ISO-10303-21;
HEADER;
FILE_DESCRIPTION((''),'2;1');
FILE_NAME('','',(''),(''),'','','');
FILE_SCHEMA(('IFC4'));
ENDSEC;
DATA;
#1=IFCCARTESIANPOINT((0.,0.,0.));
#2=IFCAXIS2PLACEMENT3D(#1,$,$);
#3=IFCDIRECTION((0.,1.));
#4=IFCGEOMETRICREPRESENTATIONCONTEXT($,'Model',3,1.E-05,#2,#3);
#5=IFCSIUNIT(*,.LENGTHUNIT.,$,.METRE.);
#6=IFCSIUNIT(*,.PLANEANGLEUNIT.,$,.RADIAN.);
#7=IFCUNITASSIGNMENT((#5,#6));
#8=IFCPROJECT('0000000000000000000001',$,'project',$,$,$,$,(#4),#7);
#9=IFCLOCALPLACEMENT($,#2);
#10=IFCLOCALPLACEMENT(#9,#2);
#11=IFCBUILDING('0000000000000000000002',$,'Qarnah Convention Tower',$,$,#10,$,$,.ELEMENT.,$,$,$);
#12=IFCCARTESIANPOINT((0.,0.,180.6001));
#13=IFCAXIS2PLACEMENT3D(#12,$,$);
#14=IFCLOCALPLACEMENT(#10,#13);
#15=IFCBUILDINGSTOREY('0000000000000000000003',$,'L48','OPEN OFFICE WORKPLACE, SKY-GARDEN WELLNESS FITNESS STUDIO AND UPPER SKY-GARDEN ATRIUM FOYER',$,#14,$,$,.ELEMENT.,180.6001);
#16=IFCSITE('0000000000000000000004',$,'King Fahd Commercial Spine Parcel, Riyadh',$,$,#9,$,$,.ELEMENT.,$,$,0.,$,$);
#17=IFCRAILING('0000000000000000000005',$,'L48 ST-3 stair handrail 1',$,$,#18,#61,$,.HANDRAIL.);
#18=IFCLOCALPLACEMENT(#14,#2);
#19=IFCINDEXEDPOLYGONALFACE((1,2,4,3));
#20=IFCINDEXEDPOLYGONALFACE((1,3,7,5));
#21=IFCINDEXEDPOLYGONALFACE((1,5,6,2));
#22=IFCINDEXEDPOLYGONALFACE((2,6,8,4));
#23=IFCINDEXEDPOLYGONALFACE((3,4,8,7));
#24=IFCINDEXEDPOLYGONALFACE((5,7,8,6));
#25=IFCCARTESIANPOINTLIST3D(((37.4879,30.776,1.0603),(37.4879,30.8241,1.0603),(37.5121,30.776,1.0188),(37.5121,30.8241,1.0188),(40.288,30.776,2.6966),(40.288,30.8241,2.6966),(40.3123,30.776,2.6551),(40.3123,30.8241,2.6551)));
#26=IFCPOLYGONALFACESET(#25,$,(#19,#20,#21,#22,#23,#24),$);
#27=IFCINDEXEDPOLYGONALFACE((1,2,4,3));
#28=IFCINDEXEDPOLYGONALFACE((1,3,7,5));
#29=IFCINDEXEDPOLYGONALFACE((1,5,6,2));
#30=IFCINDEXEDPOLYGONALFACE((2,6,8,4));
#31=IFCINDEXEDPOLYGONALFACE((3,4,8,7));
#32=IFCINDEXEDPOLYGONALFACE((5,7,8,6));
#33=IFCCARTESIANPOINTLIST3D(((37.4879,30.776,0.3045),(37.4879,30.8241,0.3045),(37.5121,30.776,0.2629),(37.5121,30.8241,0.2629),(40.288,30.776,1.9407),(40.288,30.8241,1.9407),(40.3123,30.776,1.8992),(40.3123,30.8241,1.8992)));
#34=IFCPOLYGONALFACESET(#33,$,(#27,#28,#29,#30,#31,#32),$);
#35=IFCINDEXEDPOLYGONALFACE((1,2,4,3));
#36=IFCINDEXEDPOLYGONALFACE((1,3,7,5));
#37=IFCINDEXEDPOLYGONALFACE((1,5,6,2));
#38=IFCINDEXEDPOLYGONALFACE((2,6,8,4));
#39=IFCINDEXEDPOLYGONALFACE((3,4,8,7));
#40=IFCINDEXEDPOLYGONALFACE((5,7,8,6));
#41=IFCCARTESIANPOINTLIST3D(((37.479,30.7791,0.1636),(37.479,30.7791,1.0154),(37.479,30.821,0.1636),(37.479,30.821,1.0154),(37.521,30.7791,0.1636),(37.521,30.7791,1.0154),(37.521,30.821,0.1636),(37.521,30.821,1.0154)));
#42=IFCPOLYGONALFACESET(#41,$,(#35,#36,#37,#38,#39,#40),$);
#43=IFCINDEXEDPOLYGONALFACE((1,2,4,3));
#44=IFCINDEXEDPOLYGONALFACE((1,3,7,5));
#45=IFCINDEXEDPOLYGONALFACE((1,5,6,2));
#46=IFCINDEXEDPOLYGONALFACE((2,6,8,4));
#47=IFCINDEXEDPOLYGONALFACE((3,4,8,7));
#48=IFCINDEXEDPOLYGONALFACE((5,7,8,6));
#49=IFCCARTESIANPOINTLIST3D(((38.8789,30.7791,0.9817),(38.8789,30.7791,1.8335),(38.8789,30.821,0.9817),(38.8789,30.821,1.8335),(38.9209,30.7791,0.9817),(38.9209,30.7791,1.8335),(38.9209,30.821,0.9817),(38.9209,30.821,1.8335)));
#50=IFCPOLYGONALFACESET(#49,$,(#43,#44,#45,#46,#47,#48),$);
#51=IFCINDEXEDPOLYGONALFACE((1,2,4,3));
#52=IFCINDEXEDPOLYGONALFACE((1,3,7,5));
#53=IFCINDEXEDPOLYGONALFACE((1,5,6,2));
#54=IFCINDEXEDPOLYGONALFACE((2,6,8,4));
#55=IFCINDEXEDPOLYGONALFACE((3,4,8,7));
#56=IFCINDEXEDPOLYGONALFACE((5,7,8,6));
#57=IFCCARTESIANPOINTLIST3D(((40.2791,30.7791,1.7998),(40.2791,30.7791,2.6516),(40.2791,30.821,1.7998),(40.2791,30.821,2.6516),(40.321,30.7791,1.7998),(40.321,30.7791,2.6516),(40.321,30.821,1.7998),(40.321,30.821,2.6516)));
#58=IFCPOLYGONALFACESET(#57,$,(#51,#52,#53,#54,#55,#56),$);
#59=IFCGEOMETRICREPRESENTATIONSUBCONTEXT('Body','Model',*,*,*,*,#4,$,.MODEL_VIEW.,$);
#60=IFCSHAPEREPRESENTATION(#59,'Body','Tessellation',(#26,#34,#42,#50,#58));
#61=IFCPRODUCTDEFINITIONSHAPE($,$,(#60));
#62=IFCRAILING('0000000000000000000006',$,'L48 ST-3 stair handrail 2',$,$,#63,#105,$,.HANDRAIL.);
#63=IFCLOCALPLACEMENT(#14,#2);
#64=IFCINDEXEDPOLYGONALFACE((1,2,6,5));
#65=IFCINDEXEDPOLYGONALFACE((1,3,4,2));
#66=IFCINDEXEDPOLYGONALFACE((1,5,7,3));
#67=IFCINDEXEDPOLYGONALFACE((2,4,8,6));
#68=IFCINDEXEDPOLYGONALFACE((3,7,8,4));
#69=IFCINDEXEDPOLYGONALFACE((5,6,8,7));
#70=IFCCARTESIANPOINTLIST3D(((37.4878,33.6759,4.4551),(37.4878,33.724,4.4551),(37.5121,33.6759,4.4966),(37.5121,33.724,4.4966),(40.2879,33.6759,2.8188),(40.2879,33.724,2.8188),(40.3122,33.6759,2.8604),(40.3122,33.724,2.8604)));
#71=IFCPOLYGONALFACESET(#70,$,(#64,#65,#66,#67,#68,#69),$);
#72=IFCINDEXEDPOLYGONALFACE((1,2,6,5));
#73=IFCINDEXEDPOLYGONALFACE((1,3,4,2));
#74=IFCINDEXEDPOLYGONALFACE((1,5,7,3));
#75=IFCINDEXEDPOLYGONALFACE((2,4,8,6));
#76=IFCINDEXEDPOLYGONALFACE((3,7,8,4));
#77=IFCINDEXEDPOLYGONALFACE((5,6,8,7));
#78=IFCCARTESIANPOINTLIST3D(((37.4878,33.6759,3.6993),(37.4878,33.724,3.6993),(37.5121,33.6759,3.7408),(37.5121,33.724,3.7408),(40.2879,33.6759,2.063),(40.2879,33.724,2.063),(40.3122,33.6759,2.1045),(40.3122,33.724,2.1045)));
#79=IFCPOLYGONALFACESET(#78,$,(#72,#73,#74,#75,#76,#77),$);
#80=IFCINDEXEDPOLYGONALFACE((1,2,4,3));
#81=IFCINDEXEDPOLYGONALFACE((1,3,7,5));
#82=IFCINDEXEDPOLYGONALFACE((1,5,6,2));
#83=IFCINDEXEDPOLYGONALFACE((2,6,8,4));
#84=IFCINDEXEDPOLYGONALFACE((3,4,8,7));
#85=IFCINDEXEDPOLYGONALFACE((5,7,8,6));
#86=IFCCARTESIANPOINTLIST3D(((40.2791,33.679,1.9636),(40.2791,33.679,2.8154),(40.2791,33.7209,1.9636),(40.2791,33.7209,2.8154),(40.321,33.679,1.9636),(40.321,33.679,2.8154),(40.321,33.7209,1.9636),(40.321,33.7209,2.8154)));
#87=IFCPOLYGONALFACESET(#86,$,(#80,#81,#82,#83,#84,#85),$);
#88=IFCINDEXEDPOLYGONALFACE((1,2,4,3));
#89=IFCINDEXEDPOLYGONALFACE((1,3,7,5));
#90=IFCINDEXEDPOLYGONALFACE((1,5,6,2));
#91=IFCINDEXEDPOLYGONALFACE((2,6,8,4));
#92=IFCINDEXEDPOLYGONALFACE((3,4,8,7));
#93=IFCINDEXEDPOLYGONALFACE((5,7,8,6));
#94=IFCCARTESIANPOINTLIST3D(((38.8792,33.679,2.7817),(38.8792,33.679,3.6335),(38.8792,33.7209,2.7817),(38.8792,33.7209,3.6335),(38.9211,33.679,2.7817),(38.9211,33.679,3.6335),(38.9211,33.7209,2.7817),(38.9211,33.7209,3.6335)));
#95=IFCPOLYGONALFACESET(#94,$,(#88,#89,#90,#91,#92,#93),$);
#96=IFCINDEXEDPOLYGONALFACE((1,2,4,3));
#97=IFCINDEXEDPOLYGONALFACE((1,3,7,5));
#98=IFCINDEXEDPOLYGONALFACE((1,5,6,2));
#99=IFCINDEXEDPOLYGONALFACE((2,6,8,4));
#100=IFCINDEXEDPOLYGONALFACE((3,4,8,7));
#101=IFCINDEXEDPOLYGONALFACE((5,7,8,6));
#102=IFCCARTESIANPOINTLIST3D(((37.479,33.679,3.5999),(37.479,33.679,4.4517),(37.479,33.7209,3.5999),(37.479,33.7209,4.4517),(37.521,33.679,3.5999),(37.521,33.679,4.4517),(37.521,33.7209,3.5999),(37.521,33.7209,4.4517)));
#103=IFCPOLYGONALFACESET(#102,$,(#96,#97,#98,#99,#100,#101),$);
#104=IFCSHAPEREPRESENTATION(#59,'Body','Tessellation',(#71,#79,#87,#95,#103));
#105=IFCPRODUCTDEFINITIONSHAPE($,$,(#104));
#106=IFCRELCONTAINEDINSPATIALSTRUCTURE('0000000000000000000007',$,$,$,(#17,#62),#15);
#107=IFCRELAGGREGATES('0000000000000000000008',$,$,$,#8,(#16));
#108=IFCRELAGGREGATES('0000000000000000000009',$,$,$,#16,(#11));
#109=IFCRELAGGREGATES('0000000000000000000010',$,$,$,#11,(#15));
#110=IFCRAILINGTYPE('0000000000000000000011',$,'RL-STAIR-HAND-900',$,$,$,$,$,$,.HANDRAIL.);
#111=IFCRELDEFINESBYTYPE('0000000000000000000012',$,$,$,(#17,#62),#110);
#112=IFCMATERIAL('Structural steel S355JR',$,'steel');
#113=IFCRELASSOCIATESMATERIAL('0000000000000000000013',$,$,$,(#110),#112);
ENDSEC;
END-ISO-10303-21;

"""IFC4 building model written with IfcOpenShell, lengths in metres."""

from ifc_helpers import new_model, si_unit, direction, frame, origin, origin_2d, place, context, subcontext, project, spatial, rectangle, extrude, material, type_object, element, save


model = new_model("IFC4")

# Units and contexts
model_context = context("Model", 3, precision=1e-05, world=origin(), true_north=direction((0.0, 1.0)))
body_context = subcontext(model_context, "Body", "Model", "MODEL_VIEW")
ifc_project = project(units=[si_unit("LENGTHUNIT", "METRE"), si_unit("PLANEANGLEUNIT", "RADIAN")], contexts=[model_context])

# Site, building, storey
site_placement = place(None, origin())
site = spatial("IfcSite", under=ifc_project, at=site_placement, Name="King Fahd Commercial Spine Parcel, Riyadh", CompositionType="ELEMENT", RefElevation=0.0)
building_placement = place(site_placement, origin())
building = spatial("IfcBuilding", under=site, at=building_placement, Name="Qarnah Convention Tower", CompositionType="ELEMENT")
storey_placement = place(building_placement, frame((0.0, 0.0, 180.6001)))
storey = spatial("IfcBuildingStorey", under=building, at=storey_placement, Name="L48", Description="OPEN OFFICE WORKPLACE, SKY-GARDEN WELLNESS FITNESS STUDIO AND UPPER SKY-GARDEN ATRIUM FOYER", CompositionType="ELEMENT", Elevation=180.6001)

# Shared definitions
ifc_material_1 = material(Name="Structural steel S355JR", Category="steel")

# Railings
railing_type_1 = type_object("IfcRailingType", Name="RL-STAIR-HAND-900", PredefinedType="HANDRAIL", material=ifc_material_1)
railing_1_placement = place(storey_placement, frame((37.5, 30.8, 0.1636)))
element("IfcRailing", 1, at=railing_1_placement, inside=storey, type_object=railing_type_1, Name="L48 ST-3 stair handrail 1", PredefinedType="HANDRAIL", context=body_context, shape_type="SweptSolid", body=[
    extrude(rectangle(XDim=0.0481, YDim=0.0481, at=origin_2d()), frame((0.0, 0.0, 0.876), z_axis=(0.863394, 0.0, 0.504531), x_axis=(0.0, 1.0, 0.0)), (0.0, 0.0, 1.0), 3.2432),
    extrude(rectangle(XDim=0.0481, YDim=0.0481, at=origin_2d()), frame((0.0, 0.0, 0.1201), z_axis=(0.863394, 0.0, 0.504531), x_axis=(0.0, 1.0, 0.0)), (0.0, 0.0, 1.0), 3.2432),
    extrude(rectangle(XDim=0.042, YDim=0.042, at=origin_2d()), origin(), (0.0, 0.0, 1.0), 0.8518),
    extrude(rectangle(XDim=0.042, YDim=0.042, at=origin_2d()), frame((1.3999, 0.0, 0.8181)), (0.0, 0.0, 1.0), 0.8518),
    extrude(rectangle(XDim=0.042, YDim=0.042, at=origin_2d()), frame((2.8, 0.0, 1.6362)), (0.0, 0.0, 1.0), 0.8518),
])
railing_2_placement = place(storey_placement, frame((40.3, 33.7, 1.9636)))
element("IfcRailing", 2, at=railing_2_placement, inside=storey, type_object=railing_type_1, Name="L48 ST-3 stair handrail 2", PredefinedType="HANDRAIL", context=body_context, shape_type="SweptSolid", body=[
    extrude(rectangle(XDim=0.0481, YDim=0.0481, at=origin_2d()), frame((0.0, 0.0, 0.876), z_axis=(-0.863394, 0.0, 0.504531), x_axis=(0.0, -1.0, 0.0)), (0.0, 0.0, 1.0), 3.2432),
    extrude(rectangle(XDim=0.0481, YDim=0.0481, at=origin_2d()), frame((0.0, 0.0, 0.1201), z_axis=(-0.863394, 0.0, 0.504531), x_axis=(0.0, -1.0, 0.0)), (0.0, 0.0, 1.0), 3.2432),
    extrude(rectangle(XDim=0.042, YDim=0.042, at=origin_2d()), origin(), (0.0, 0.0, 1.0), 0.8518),
    extrude(rectangle(XDim=0.042, YDim=0.042, at=origin_2d()), frame((-1.3999, 0.0, 0.8181)), (0.0, 0.0, 1.0), 0.8518),
    extrude(rectangle(XDim=0.042, YDim=0.042, at=origin_2d()), frame((-2.8, 0.0, 1.6362)), (0.0, 0.0, 1.0), 0.8518),
])

save(model, "model.ifc")
